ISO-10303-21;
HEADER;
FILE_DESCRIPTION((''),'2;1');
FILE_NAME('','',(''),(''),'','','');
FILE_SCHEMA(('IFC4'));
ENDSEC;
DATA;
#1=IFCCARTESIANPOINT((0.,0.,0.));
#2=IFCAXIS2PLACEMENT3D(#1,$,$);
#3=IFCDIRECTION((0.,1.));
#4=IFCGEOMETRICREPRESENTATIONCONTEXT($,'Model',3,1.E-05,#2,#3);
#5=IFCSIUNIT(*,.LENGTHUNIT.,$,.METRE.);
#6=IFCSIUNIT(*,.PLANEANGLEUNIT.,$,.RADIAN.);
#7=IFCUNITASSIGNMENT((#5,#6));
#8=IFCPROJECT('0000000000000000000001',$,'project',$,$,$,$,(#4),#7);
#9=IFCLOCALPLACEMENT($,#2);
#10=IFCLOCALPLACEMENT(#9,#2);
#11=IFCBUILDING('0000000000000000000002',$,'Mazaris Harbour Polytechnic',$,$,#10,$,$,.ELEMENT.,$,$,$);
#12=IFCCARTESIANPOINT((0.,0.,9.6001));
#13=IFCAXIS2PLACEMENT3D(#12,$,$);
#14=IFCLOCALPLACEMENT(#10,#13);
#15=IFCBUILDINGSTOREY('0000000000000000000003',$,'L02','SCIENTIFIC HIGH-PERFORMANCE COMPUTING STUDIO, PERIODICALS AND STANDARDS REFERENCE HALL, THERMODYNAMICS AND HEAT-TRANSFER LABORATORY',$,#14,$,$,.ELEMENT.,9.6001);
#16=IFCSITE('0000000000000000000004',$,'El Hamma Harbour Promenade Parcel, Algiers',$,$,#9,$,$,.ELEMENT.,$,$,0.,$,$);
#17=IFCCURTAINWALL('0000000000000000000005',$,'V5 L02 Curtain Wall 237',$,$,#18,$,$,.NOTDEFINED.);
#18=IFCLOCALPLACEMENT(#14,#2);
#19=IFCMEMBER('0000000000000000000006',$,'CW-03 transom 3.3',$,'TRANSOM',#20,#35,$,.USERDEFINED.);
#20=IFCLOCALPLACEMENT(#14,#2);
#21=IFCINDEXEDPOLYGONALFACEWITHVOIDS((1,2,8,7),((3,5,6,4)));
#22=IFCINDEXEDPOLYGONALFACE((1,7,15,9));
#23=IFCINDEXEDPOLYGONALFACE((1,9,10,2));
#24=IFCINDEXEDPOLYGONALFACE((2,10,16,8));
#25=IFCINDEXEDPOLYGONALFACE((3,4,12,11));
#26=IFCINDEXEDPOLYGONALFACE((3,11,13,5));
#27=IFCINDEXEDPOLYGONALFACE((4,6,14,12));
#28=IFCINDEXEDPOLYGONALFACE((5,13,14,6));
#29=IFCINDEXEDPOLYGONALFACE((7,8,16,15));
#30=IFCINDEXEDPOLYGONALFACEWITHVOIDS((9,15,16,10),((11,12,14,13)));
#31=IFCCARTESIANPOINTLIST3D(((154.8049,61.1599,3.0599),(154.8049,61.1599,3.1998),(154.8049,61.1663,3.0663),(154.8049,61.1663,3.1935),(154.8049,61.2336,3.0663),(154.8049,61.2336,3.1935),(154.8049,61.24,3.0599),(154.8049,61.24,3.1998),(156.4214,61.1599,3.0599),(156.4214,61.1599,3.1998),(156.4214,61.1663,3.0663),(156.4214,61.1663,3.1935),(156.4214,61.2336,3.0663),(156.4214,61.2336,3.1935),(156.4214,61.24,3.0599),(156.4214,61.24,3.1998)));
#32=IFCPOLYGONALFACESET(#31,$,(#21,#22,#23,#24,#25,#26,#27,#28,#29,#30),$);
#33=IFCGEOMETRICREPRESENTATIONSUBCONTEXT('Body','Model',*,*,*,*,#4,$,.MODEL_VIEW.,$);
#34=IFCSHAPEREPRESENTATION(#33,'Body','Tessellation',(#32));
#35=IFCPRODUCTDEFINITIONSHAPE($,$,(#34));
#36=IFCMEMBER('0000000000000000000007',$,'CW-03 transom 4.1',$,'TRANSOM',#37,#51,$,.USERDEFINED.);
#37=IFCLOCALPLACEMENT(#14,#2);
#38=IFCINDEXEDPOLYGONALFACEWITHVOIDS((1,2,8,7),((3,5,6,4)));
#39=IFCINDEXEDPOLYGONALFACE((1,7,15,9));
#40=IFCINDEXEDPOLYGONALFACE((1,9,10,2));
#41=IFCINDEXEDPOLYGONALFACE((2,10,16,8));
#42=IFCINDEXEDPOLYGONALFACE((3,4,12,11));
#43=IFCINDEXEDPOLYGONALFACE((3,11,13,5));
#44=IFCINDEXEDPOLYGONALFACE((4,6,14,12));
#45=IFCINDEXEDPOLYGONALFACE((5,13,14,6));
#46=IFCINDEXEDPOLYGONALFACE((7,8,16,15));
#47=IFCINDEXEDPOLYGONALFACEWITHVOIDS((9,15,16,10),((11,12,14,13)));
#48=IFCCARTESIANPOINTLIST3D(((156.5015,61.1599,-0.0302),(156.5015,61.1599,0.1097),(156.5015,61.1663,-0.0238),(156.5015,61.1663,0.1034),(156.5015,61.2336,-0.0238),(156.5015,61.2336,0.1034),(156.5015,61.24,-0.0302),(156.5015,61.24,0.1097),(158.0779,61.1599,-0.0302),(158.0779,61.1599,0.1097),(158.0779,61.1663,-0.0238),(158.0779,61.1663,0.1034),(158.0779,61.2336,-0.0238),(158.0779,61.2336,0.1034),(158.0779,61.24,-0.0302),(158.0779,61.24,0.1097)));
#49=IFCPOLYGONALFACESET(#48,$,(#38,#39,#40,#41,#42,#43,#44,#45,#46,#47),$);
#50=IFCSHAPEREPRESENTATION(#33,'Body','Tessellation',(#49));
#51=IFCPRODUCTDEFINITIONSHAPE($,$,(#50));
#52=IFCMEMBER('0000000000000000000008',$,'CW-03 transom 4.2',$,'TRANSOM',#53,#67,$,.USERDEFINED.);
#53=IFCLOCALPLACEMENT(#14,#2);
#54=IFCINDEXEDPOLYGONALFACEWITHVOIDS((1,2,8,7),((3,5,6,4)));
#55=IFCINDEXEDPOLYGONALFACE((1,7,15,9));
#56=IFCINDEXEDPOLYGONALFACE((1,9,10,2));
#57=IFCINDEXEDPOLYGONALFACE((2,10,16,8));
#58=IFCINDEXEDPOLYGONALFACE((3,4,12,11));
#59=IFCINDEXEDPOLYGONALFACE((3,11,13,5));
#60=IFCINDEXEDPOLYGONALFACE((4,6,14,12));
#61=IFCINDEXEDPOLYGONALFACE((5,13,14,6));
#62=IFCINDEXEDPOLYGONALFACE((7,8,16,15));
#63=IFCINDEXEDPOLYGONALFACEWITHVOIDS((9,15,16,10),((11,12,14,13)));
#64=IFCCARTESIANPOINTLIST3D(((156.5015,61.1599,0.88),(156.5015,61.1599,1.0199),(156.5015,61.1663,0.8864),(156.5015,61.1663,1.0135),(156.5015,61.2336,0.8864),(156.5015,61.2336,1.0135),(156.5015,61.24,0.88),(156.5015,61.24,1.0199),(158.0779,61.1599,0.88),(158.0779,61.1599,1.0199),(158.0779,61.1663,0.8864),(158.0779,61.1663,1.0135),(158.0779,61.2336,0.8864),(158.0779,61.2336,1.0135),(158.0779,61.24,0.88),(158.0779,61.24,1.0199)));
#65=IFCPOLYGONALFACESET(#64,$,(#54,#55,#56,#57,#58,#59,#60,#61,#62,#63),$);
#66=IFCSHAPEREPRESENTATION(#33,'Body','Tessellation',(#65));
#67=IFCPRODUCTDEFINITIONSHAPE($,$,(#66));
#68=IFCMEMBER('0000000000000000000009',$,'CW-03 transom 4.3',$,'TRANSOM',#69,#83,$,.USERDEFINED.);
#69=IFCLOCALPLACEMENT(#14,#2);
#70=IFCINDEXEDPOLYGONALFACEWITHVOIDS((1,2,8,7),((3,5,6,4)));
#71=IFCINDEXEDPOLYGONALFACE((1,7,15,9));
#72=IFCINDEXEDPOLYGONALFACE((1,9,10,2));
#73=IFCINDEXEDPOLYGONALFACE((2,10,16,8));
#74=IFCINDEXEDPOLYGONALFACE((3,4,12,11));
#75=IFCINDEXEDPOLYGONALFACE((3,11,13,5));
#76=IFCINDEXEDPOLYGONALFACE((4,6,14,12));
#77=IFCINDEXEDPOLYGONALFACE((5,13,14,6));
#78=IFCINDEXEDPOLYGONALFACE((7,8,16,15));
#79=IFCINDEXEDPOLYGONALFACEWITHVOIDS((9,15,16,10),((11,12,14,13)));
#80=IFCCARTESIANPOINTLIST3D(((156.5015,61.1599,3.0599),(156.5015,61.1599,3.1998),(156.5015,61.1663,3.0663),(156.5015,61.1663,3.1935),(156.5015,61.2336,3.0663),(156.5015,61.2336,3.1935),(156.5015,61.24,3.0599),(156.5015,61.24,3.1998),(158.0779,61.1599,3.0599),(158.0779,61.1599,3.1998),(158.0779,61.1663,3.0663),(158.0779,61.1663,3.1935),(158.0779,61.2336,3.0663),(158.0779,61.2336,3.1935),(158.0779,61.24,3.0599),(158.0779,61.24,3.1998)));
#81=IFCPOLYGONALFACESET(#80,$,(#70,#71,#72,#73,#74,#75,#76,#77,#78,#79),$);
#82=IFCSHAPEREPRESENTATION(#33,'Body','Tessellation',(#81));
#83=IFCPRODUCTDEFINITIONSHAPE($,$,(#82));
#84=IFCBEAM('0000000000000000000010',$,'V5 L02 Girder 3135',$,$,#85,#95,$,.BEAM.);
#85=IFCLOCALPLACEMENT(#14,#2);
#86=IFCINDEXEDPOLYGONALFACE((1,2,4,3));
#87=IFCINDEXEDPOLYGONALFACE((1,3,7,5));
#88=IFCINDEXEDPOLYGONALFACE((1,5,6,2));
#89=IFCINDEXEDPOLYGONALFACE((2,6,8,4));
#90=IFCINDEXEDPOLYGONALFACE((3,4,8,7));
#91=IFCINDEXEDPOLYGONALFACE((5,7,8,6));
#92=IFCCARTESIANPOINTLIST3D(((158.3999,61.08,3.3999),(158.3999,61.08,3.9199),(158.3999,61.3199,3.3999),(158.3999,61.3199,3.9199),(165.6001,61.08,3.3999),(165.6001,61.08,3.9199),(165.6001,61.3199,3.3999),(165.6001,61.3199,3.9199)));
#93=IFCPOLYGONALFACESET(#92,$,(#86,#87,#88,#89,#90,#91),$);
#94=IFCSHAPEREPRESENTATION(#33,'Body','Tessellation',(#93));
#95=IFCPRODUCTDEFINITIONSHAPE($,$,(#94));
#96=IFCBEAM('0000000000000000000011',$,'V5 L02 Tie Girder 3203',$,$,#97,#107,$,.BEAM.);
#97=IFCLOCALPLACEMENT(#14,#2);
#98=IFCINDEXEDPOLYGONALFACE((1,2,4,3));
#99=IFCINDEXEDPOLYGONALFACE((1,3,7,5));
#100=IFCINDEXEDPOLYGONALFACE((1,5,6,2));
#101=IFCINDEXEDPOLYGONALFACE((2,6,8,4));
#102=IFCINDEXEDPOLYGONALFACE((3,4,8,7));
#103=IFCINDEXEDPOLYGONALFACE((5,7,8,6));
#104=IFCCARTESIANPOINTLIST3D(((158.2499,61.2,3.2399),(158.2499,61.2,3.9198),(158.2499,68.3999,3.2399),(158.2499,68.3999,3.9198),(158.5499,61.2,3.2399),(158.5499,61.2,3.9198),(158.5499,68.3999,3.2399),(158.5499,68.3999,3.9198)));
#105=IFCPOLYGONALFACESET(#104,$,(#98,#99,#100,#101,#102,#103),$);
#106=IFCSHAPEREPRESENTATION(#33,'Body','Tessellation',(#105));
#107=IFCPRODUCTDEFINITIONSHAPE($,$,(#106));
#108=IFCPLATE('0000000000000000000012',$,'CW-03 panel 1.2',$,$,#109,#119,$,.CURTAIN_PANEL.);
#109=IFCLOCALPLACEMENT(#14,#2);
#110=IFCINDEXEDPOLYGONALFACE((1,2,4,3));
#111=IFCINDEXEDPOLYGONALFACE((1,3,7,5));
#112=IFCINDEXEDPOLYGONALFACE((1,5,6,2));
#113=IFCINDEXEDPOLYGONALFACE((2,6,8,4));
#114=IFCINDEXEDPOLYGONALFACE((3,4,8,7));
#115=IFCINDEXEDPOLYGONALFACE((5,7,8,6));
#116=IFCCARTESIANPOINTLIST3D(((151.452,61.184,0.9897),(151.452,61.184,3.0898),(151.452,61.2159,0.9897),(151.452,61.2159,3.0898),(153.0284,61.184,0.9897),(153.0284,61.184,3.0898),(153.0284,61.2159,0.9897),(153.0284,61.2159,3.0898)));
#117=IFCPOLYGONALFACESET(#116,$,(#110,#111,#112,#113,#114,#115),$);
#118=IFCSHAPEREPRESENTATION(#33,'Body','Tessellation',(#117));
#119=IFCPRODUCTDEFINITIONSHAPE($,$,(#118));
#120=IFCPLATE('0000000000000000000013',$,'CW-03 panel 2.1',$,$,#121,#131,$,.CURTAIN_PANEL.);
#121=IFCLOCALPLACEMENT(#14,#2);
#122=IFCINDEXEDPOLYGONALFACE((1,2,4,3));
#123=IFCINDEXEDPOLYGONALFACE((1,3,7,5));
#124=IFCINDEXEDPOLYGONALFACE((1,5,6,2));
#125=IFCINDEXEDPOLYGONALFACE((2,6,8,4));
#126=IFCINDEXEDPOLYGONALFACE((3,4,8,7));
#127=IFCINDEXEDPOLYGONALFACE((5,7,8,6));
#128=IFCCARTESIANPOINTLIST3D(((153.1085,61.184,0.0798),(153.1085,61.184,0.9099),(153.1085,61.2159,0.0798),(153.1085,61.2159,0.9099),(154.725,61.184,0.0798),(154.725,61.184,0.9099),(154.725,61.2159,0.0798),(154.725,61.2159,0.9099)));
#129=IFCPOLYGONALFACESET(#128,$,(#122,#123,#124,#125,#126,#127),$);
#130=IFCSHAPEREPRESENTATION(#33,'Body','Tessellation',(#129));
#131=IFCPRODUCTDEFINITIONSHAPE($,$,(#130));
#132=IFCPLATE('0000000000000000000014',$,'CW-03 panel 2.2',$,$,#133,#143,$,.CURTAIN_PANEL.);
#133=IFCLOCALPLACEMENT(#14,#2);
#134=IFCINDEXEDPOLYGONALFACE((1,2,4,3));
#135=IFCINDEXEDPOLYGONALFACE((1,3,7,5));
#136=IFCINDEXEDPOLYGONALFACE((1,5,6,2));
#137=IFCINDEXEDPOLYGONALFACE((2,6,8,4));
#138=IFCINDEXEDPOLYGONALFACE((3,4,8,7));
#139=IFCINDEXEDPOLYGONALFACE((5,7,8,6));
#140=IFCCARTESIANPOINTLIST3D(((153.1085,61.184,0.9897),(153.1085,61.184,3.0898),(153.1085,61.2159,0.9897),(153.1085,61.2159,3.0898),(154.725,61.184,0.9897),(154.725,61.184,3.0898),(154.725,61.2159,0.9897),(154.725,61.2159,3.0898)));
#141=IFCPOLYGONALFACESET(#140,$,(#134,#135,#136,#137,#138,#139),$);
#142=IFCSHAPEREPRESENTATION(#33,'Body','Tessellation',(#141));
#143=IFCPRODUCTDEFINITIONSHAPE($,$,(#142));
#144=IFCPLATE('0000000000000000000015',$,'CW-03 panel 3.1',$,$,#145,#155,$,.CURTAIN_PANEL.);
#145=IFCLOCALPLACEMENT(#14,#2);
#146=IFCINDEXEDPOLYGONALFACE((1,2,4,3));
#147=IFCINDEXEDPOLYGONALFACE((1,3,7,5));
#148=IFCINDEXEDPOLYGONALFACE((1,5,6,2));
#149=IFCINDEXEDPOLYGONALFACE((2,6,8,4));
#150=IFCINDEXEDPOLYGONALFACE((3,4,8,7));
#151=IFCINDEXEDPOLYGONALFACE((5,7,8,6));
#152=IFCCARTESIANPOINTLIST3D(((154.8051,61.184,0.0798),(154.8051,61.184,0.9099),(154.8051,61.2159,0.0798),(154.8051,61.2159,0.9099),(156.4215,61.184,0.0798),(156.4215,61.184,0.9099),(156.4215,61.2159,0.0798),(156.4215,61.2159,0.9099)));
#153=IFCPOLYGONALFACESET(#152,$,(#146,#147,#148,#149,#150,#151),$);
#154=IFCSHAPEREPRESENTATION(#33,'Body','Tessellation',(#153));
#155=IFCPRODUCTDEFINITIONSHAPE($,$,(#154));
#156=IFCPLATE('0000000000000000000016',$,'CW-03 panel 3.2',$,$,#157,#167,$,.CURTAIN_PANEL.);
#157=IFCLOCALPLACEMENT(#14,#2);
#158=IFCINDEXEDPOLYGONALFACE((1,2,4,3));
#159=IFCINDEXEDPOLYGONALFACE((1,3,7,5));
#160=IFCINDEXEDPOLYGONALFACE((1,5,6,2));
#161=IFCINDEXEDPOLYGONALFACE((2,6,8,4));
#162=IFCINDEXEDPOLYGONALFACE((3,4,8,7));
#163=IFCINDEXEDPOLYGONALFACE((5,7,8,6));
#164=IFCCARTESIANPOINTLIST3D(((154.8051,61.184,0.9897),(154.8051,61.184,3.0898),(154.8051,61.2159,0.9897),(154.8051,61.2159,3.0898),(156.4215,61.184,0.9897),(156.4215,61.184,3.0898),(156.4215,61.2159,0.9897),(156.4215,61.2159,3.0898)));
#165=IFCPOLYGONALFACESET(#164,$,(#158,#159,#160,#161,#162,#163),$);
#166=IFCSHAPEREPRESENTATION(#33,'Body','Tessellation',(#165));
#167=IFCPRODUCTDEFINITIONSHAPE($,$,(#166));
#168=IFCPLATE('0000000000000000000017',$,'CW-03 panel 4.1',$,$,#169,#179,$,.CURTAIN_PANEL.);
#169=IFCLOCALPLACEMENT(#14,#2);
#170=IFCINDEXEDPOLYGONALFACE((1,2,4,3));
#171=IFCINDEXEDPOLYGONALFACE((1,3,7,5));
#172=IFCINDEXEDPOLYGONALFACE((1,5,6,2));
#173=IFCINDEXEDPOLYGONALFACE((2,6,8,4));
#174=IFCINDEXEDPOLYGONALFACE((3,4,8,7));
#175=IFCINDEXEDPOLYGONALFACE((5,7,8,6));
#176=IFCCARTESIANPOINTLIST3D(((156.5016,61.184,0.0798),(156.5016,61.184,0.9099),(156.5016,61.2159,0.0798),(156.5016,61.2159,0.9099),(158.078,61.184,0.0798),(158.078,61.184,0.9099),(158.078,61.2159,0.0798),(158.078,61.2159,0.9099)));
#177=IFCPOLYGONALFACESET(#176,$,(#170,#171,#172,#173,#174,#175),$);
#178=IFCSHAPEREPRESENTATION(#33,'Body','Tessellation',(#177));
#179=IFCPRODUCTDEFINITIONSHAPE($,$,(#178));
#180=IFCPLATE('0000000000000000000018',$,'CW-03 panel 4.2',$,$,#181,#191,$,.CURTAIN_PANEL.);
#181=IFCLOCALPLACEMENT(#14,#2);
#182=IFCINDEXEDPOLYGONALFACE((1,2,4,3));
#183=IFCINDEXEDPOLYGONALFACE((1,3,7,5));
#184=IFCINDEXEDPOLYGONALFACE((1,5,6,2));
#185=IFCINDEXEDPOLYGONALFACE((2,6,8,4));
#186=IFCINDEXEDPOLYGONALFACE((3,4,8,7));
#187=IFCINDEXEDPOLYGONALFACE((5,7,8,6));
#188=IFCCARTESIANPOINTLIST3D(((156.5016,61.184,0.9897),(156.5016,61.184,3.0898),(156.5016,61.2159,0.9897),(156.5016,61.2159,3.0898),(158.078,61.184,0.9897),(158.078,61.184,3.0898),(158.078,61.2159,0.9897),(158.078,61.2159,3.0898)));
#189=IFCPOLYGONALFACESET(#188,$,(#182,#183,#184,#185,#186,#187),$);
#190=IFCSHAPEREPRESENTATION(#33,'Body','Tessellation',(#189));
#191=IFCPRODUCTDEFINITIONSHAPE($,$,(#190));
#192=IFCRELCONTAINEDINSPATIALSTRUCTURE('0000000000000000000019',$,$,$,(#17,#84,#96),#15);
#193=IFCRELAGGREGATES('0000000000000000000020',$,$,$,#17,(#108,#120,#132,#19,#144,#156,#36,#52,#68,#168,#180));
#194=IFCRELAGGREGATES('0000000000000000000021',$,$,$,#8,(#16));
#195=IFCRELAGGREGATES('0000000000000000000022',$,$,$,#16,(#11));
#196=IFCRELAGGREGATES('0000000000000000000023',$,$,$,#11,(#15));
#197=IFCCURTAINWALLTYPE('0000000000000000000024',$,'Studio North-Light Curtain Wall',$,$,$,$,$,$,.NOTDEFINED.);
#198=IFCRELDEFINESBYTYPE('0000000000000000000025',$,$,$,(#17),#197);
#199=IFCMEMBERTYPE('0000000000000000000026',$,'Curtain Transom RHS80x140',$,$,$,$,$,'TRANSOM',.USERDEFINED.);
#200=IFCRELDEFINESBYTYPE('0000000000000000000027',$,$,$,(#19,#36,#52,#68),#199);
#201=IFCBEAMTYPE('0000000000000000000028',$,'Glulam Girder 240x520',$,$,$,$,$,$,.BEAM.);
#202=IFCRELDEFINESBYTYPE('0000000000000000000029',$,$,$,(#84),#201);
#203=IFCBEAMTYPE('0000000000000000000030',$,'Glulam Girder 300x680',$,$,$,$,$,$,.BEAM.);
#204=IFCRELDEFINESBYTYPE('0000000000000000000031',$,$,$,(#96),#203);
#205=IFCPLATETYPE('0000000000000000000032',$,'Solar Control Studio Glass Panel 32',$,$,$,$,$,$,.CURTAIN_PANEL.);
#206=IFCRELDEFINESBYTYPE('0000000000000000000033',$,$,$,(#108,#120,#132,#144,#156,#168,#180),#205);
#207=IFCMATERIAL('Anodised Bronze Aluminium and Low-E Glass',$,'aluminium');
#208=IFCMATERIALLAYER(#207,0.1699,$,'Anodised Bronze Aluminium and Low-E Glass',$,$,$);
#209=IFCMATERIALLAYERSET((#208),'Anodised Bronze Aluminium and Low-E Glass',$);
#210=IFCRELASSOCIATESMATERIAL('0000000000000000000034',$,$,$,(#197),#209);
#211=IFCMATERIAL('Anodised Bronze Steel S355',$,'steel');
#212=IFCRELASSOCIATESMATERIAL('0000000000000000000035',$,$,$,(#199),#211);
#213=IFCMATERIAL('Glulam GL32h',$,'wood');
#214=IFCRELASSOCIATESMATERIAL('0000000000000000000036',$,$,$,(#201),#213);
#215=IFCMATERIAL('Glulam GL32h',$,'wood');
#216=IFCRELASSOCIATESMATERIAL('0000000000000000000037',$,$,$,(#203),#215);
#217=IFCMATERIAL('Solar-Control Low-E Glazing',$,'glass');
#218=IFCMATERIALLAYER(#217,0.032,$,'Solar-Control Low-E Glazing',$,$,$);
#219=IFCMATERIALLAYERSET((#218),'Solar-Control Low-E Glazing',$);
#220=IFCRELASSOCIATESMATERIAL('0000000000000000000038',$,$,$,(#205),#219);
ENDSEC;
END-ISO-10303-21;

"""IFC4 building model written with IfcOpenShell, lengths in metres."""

from ifc_helpers import new_model, si_unit, direction, frame, origin, origin_2d, place, context, subcontext, project, spatial, rectangle, hollow_rectangle, extrude, material, layer, layer_set, material_profile, profile_set, type_object, element, aggregate, save


model = new_model("IFC4")

# Units and contexts
model_context = context("Model", 3, precision=1e-05, world=origin(), true_north=direction((0.0, 1.0)))
body_context = subcontext(model_context, "Body", "Model", "MODEL_VIEW")
ifc_project = project(units=[si_unit("LENGTHUNIT", "METRE"), si_unit("PLANEANGLEUNIT", "RADIAN")], contexts=[model_context])

# Site, building, storey
site_placement = place(None, origin())
site = spatial("IfcSite", under=ifc_project, at=site_placement, Name="El Hamma Harbour Promenade Parcel, Algiers", CompositionType="ELEMENT", RefElevation=0.0)
building_placement = place(site_placement, origin())
building = spatial("IfcBuilding", under=site, at=building_placement, Name="Mazaris Harbour Polytechnic", CompositionType="ELEMENT")
storey_placement = place(building_placement, frame((0.0, 0.0, 9.6001)))
storey = spatial("IfcBuildingStorey", under=building, at=storey_placement, Name="L02", Description="SCIENTIFIC HIGH-PERFORMANCE COMPUTING STUDIO, PERIODICALS AND STANDARDS REFERENCE HALL, THERMODYNAMICS AND HEAT-TRANSFER LABORATORY", CompositionType="ELEMENT", Elevation=9.6001)

# Curtain wall
ifc_material_1 = material(Name="Anodised Bronze Aluminium and Low-E Glass", Category="aluminium")
ifc_layer_1 = layer(ifc_material_1, 0.1699, Name="Anodised Bronze Aluminium and Low-E Glass")
ifc_layer_set_1 = layer_set([ifc_layer_1], Name="Anodised Bronze Aluminium and Low-E Glass")
curtain_wall_type = type_object("IfcCurtainWallType", Name="Studio North-Light Curtain Wall", PredefinedType="NOTDEFINED", material=ifc_layer_set_1)
curtain_wall_1_placement = place(storey_placement, origin())
curtain_wall_1 = element("IfcCurtainWall", 1, at=curtain_wall_1_placement, inside=storey, type_object=curtain_wall_type, Name="V5 L02 Curtain Wall 237", PredefinedType="NOTDEFINED")

# Members
ifc_material_2 = material(Name="Anodised Bronze Steel S355", Category="steel")
ifc_material_profile_1 = material_profile(ifc_material_2, hollow_rectangle(XDim=0.0801, YDim=0.1399, WallThickness=0.0063, at=origin_2d()), Name="RHS 80x140x6.3")
ifc_profile_set_1 = profile_set([ifc_material_profile_1], Name="Anodised Bronze Steel S355")
member_type_1 = type_object("IfcMemberType", Name="Curtain Transom RHS80x140", ElementType="TRANSOM", PredefinedType="USERDEFINED", material=ifc_profile_set_1)
member_1_placement = place(storey_placement, frame((154.8049, 61.2, 3.1299), z_axis=(1.0, 0.0, 0.0), x_axis=(0.0, 1.0, 0.0)))
member_1 = element("IfcMember", 2, at=member_1_placement, type_object=member_type_1, Name="CW-03 transom 3.3", ObjectType="TRANSOM", PredefinedType="USERDEFINED", context=body_context, shape_type="SweptSolid", body=[
    extrude(hollow_rectangle(XDim=0.0801, YDim=0.1399, WallThickness=0.0063, at=origin_2d()), origin(), (0.0, 0.0, 1.0), 1.6165),
])
member_2_placement = place(storey_placement, frame((156.5015, 61.2, 0.0398), z_axis=(1.0, 0.0, 0.0), x_axis=(0.0, 1.0, 0.0)))
member_2 = element("IfcMember", 3, at=member_2_placement, type_object=member_type_1, Name="CW-03 transom 4.1", ObjectType="TRANSOM", PredefinedType="USERDEFINED", context=body_context, shape_type="SweptSolid", body=[
    extrude(hollow_rectangle(XDim=0.0801, YDim=0.1399, WallThickness=0.0063, at=origin_2d()), origin(), (0.0, 0.0, 1.0), 1.5764),
])
member_3_placement = place(storey_placement, frame((156.5015, 61.2, 0.95), z_axis=(1.0, 0.0, 0.0), x_axis=(0.0, 1.0, 0.0)))
member_3 = element("IfcMember", 4, at=member_3_placement, type_object=member_type_1, Name="CW-03 transom 4.2", ObjectType="TRANSOM", PredefinedType="USERDEFINED", context=body_context, shape_type="SweptSolid", body=[
    extrude(hollow_rectangle(XDim=0.0801, YDim=0.1399, WallThickness=0.0063, at=origin_2d()), origin(), (0.0, 0.0, 1.0), 1.5764),
])
member_4_placement = place(storey_placement, frame((156.5015, 61.2, 3.1299), z_axis=(1.0, 0.0, 0.0), x_axis=(0.0, 1.0, 0.0)))
member_4 = element("IfcMember", 5, at=member_4_placement, type_object=member_type_1, Name="CW-03 transom 4.3", ObjectType="TRANSOM", PredefinedType="USERDEFINED", context=body_context, shape_type="SweptSolid", body=[
    extrude(hollow_rectangle(XDim=0.0801, YDim=0.1399, WallThickness=0.0063, at=origin_2d()), origin(), (0.0, 0.0, 1.0), 1.5764),
])

# Beams
ifc_material_3 = material(Name="Glulam GL32h", Category="wood")
ifc_material_profile_2 = material_profile(ifc_material_3, rectangle(XDim=0.24, YDim=0.52, at=origin_2d()), Name="RECT240x520")
ifc_profile_set_2 = profile_set([ifc_material_profile_2], Name="Glulam GL32h")
beam_type_1 = type_object("IfcBeamType", Name="Glulam Girder 240x520", PredefinedType="BEAM", material=ifc_profile_set_2)
beam_1_placement = place(storey_placement, frame((158.3999, 61.2, 3.6599), z_axis=(1.0, 0.0, 0.0), x_axis=(0.0, 1.0, 0.0)))
element("IfcBeam", 6, at=beam_1_placement, inside=storey, type_object=beam_type_1, Name="V5 L02 Girder 3135", PredefinedType="BEAM", context=body_context, shape_type="SweptSolid", body=[
    extrude(rectangle(XDim=0.24, YDim=0.52, at=origin_2d()), origin(), (0.0, 0.0, 1.0), 7.2002),
])
ifc_material_4 = material(Name="Glulam GL32h", Category="wood")
ifc_material_profile_3 = material_profile(ifc_material_4, rectangle(XDim=0.3, YDim=0.6799, at=origin_2d()), Name="RECT300x680")
ifc_profile_set_3 = profile_set([ifc_material_profile_3], Name="Glulam GL32h")
beam_type_2 = type_object("IfcBeamType", Name="Glulam Girder 300x680", PredefinedType="BEAM", material=ifc_profile_set_3)
beam_2_placement = place(storey_placement, frame((158.3999, 61.2, 3.5798), z_axis=(0.0, 1.0, 0.0), x_axis=(-1.0, 0.0, 0.0)))
element("IfcBeam", 7, at=beam_2_placement, inside=storey, type_object=beam_type_2, Name="V5 L02 Tie Girder 3203", PredefinedType="BEAM", context=body_context, shape_type="SweptSolid", body=[
    extrude(rectangle(XDim=0.3, YDim=0.6799, at=origin_2d()), origin(), (0.0, 0.0, 1.0), 7.2),
])

# Plates
ifc_material_5 = material(Name="Solar-Control Low-E Glazing", Category="glass")
ifc_layer_2 = layer(ifc_material_5, 0.032, Name="Solar-Control Low-E Glazing")
ifc_layer_set_2 = layer_set([ifc_layer_2], Name="Solar-Control Low-E Glazing")
plate_type = type_object("IfcPlateType", Name="Solar Control Studio Glass Panel 32", PredefinedType="CURTAIN_PANEL", material=ifc_layer_set_2)
plate_1_placement = place(storey_placement, frame((152.2402, 61.2, 0.9897), z_axis=(0.0, 0.0, 1.0), x_axis=(1.0, 0.0, 0.0)))
plate_1 = element("IfcPlate", 8, at=plate_1_placement, type_object=plate_type, Name="CW-03 panel 1.2", PredefinedType="CURTAIN_PANEL", context=body_context, shape_type="SweptSolid", body=[
    extrude(rectangle(XDim=1.5764, YDim=0.032, at=origin_2d()), origin(), (0.0, 0.0, 1.0), 2.1001),
])
plate_2_placement = place(storey_placement, frame((153.9167, 61.2, 0.0798), z_axis=(0.0, 0.0, 1.0), x_axis=(1.0, 0.0, 0.0)))
plate_2 = element("IfcPlate", 9, at=plate_2_placement, type_object=plate_type, Name="CW-03 panel 2.1", PredefinedType="CURTAIN_PANEL", context=body_context, shape_type="SweptSolid", body=[
    extrude(rectangle(XDim=1.6165, YDim=0.032, at=origin_2d()), origin(), (0.0, 0.0, 1.0), 0.8301),
])
plate_3_placement = place(storey_placement, frame((153.9167, 61.2, 0.9897), z_axis=(0.0, 0.0, 1.0), x_axis=(1.0, 0.0, 0.0)))
plate_3 = element("IfcPlate", 10, at=plate_3_placement, type_object=plate_type, Name="CW-03 panel 2.2", PredefinedType="CURTAIN_PANEL", context=body_context, shape_type="SweptSolid", body=[
    extrude(rectangle(XDim=1.6165, YDim=0.032, at=origin_2d()), origin(), (0.0, 0.0, 1.0), 2.1001),
])
plate_4_placement = place(storey_placement, frame((155.6133, 61.2, 0.0798), z_axis=(0.0, 0.0, 1.0), x_axis=(1.0, 0.0, 0.0)))
plate_4 = element("IfcPlate", 11, at=plate_4_placement, type_object=plate_type, Name="CW-03 panel 3.1", PredefinedType="CURTAIN_PANEL", context=body_context, shape_type="SweptSolid", body=[
    extrude(rectangle(XDim=1.6165, YDim=0.032, at=origin_2d()), origin(), (0.0, 0.0, 1.0), 0.8301),
])
plate_5_placement = place(storey_placement, frame((155.6133, 61.2, 0.9897), z_axis=(0.0, 0.0, 1.0), x_axis=(1.0, 0.0, 0.0)))
plate_5 = element("IfcPlate", 12, at=plate_5_placement, type_object=plate_type, Name="CW-03 panel 3.2", PredefinedType="CURTAIN_PANEL", context=body_context, shape_type="SweptSolid", body=[
    extrude(rectangle(XDim=1.6165, YDim=0.032, at=origin_2d()), origin(), (0.0, 0.0, 1.0), 2.1001),
])
plate_6_placement = place(storey_placement, frame((157.2898, 61.2, 0.0798), z_axis=(0.0, 0.0, 1.0), x_axis=(1.0, 0.0, 0.0)))
plate_6 = element("IfcPlate", 13, at=plate_6_placement, type_object=plate_type, Name="CW-03 panel 4.1", PredefinedType="CURTAIN_PANEL", context=body_context, shape_type="SweptSolid", body=[
    extrude(rectangle(XDim=1.5764, YDim=0.032, at=origin_2d()), origin(), (0.0, 0.0, 1.0), 0.8301),
])
plate_7_placement = place(storey_placement, frame((157.2898, 61.2, 0.9897), z_axis=(0.0, 0.0, 1.0), x_axis=(1.0, 0.0, 0.0)))
plate_7 = element("IfcPlate", 14, at=plate_7_placement, type_object=plate_type, Name="CW-03 panel 4.2", PredefinedType="CURTAIN_PANEL", context=body_context, shape_type="SweptSolid", body=[
    extrude(rectangle(XDim=1.5764, YDim=0.032, at=origin_2d()), origin(), (0.0, 0.0, 1.0), 2.1001),
])
aggregate(curtain_wall_1, [plate_1, plate_2, plate_3, member_1, plate_4, plate_5, member_2, member_3, member_4, plate_6, plate_7])

save(model, "model.ifc")
